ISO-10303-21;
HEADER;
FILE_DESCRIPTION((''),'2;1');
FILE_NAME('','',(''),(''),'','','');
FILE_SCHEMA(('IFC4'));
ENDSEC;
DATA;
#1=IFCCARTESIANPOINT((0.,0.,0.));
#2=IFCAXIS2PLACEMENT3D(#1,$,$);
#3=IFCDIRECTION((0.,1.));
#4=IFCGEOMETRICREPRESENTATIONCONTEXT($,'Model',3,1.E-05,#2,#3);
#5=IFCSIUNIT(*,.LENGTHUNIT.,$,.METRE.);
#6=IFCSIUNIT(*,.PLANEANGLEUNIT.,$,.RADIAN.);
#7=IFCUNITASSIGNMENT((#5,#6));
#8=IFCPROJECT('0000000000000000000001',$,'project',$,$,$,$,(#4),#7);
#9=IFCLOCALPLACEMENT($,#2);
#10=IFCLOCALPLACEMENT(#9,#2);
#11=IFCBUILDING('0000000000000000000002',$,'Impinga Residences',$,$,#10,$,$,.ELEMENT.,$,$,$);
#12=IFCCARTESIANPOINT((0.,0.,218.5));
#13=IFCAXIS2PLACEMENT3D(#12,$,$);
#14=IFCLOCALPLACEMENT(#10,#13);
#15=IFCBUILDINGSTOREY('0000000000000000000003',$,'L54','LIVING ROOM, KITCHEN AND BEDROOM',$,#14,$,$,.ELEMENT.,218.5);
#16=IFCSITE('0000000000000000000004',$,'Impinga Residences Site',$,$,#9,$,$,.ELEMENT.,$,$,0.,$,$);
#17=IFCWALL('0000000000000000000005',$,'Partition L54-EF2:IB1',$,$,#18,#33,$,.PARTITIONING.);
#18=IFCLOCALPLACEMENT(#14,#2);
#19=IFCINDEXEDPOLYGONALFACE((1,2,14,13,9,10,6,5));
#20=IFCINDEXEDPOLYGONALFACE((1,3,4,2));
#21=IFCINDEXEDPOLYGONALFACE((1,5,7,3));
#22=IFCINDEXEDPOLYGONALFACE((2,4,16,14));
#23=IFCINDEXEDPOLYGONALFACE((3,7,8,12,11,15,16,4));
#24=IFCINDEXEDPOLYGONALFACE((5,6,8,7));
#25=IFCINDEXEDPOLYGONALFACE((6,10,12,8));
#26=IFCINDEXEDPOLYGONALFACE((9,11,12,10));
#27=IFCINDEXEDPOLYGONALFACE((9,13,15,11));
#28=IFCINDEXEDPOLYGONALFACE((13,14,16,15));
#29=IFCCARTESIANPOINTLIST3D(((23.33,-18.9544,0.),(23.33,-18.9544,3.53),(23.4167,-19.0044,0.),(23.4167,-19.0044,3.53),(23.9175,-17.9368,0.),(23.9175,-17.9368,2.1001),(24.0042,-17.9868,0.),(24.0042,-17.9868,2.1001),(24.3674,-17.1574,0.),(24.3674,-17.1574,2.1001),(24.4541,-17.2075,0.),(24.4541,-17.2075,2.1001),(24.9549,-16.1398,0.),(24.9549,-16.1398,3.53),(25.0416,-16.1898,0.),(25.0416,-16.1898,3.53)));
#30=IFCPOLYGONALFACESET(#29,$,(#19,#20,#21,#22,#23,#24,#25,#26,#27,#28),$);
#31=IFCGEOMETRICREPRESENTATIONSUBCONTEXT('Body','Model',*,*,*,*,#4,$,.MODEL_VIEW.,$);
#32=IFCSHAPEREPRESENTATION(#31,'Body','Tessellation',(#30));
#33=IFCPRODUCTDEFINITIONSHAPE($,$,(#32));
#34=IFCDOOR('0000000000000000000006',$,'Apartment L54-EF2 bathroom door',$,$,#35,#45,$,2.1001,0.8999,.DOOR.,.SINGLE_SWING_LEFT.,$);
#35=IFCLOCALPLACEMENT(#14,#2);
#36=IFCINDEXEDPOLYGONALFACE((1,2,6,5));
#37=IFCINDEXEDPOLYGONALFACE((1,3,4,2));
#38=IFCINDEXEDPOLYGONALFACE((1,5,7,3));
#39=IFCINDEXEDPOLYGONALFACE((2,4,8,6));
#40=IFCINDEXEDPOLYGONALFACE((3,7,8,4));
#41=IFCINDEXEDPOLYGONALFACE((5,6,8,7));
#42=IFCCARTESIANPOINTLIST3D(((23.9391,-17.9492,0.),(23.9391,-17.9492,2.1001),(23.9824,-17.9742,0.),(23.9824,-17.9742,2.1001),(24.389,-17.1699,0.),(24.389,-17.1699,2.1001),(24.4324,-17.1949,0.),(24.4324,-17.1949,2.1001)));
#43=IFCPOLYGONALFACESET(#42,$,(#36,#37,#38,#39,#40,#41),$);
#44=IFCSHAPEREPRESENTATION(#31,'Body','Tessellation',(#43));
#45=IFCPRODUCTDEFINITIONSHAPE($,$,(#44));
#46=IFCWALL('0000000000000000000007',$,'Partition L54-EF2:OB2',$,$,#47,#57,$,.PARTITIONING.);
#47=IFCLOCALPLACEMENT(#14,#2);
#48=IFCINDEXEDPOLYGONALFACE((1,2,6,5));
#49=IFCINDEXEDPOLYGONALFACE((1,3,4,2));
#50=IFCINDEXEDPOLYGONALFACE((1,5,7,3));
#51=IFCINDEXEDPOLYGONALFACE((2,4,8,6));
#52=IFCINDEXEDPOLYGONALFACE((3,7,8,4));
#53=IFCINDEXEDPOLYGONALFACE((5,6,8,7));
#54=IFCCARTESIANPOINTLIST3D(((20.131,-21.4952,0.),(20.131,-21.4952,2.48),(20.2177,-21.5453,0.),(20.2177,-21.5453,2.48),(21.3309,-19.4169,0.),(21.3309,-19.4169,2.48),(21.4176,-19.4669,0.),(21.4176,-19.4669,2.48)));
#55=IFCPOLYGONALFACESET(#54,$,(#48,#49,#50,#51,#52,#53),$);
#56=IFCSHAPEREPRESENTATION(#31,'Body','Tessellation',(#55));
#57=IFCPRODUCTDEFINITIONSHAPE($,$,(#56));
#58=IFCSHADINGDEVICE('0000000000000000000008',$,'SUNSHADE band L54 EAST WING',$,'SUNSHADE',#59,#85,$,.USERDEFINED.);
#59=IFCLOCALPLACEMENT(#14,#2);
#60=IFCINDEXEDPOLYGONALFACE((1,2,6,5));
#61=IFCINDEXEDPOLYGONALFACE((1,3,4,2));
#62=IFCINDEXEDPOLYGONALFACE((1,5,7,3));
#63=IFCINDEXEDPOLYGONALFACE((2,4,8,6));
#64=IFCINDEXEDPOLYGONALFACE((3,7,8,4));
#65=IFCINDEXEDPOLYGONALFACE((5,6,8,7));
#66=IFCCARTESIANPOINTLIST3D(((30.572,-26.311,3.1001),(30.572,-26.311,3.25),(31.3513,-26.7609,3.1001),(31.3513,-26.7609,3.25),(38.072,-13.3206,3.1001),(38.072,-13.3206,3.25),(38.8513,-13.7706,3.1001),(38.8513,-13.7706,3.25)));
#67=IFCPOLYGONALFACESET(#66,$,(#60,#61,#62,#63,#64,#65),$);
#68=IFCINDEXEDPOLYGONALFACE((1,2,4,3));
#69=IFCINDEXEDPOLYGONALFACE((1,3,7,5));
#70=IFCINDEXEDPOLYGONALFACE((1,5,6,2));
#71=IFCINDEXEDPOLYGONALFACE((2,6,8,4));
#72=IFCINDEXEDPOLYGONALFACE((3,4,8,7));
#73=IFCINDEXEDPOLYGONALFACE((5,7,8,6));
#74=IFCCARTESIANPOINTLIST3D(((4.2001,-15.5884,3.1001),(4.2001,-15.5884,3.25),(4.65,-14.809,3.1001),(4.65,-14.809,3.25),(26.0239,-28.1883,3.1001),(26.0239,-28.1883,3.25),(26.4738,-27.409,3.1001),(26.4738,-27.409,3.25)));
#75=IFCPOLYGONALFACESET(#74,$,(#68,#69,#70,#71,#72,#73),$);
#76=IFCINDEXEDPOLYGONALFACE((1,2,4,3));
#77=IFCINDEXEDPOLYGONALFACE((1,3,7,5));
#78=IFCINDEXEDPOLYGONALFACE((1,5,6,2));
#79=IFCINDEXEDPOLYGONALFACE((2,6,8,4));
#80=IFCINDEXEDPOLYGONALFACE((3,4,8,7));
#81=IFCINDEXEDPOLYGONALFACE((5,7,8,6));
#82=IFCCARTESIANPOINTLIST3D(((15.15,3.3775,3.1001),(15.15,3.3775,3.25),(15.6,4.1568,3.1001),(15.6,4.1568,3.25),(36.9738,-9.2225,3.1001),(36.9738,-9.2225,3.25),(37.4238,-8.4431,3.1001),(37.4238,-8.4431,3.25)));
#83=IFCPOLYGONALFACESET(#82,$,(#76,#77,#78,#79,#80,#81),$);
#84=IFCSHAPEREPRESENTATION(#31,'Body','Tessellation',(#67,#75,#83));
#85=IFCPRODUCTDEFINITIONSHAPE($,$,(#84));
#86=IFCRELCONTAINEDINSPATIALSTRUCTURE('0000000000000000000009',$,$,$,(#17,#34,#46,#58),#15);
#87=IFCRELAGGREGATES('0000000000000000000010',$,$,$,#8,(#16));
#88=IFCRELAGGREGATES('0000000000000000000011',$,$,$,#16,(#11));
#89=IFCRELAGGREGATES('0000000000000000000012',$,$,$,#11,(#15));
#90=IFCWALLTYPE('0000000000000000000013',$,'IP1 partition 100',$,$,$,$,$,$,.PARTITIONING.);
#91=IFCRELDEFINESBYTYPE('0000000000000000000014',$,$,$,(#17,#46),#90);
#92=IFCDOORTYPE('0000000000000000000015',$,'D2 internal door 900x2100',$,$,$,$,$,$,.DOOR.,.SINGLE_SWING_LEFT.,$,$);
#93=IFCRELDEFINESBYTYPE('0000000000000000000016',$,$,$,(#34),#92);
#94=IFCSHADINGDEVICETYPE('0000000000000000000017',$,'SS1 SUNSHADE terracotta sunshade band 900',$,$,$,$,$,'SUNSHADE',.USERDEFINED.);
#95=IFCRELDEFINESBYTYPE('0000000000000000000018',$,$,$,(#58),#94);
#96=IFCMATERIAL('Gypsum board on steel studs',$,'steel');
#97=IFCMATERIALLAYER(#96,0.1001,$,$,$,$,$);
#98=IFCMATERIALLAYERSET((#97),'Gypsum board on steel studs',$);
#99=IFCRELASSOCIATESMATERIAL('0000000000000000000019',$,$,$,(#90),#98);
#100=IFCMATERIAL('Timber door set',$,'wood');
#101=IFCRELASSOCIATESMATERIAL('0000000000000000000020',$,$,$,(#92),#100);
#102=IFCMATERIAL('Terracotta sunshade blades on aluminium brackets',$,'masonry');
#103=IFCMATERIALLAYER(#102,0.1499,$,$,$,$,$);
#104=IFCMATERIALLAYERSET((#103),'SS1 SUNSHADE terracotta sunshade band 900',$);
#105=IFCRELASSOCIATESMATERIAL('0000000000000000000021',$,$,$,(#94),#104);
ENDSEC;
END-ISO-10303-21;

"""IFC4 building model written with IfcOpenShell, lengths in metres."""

from ifc_helpers import new_model, si_unit, direction, frame, frame_2d, origin, origin_2d, place, context, subcontext, project, spatial, rectangle, extrude, material, layer, layer_set, type_object, element, fill, save


model = new_model("IFC4")

# Units and contexts
model_context = context("Model", 3, precision=1e-05, world=origin(), true_north=direction((0.0, 1.0)))
body_context = subcontext(model_context, "Body", "Model", "MODEL_VIEW")
ifc_project = project(units=[si_unit("LENGTHUNIT", "METRE"), si_unit("PLANEANGLEUNIT", "RADIAN")], contexts=[model_context])

# Site, building, storey
site_placement = place(None, origin())
site = spatial("IfcSite", under=ifc_project, at=site_placement, Name="Impinga Residences Site", CompositionType="ELEMENT", RefElevation=0.0)
building_placement = place(site_placement, origin())
building = spatial("IfcBuilding", under=site, at=building_placement, Name="Impinga Residences", CompositionType="ELEMENT")
storey_placement = place(building_placement, frame((0.0, 0.0, 218.5)))
storey = spatial("IfcBuildingStorey", under=building, at=storey_placement, Name="L54", Description="LIVING ROOM, KITCHEN AND BEDROOM", CompositionType="ELEMENT", Elevation=218.5)

# Shared definitions
ifc_material_1 = material(Name="Timber door set", Category="wood")

# Shared definitions
ifc_material_2 = material(Name="Gypsum board on steel studs", Category="steel")
ifc_layer_1 = layer(ifc_material_2, 0.1001)
ifc_layer_set_1 = layer_set([ifc_layer_1], Name="Gypsum board on steel studs")
wall_type_1 = type_object("IfcWallType", Name="IP1 partition 100", PredefinedType="PARTITIONING", material=ifc_layer_set_1)

# Wall, opening, door
wall_1_placement = place(storey_placement, frame((24.9983, -16.1648, 0.0), z_axis=(0.0, 0.0, 1.0), x_axis=(-0.499985, -0.866034, 0.0)))
wall_1 = element("IfcWall", 1, at=wall_1_placement, inside=storey, type_object=wall_type_1, Name="Partition L54-EF2:IB1", PredefinedType="PARTITIONING", context=body_context, shape_type="SweptSolid", body=[
    extrude(rectangle(XDim=3.25, YDim=0.1001, at=frame_2d((1.625, 0.0))), origin(), (0.0, 0.0, 1.0), 3.53),
])
opening_1_placement = place(wall_1_placement, frame((1.175, 0.0, 0.0)))
opening_1 = element("IfcOpeningElement", 2, at=opening_1_placement, cuts=wall_1, PredefinedType="OPENING", context=body_context, shape_type="SweptSolid", body=[
    extrude(rectangle(XDim=0.8999, YDim=2.1001, at=frame_2d((0.45, 1.05))), frame((0.0, 0.0601, 0.0), z_axis=(0.0, -1.0, 0.0), x_axis=(1.0, 0.0, 0.0)), (0.0, 0.0, 1.0), 0.1201),
])
door_type_1 = type_object("IfcDoorType", Name="D2 internal door 900x2100", OperationType="SINGLE_SWING_LEFT", PredefinedType="DOOR", material=ifc_material_1)
door_1_placement = place(opening_1_placement, origin())
door_1 = element("IfcDoor", 3, at=door_1_placement, inside=storey, type_object=door_type_1, Name="Apartment L54-EF2 bathroom door", OperationType="SINGLE_SWING_LEFT", OverallHeight=2.1001, OverallWidth=0.8999, PredefinedType="DOOR", context=body_context, shape_type="SweptSolid", body=[
    extrude(rectangle(XDim=0.8999, YDim=2.1001, at=frame_2d((0.45, 1.05))), frame((0.0, 0.0249, 0.0), z_axis=(0.0, -1.0, 0.0), x_axis=(1.0, 0.0, 0.0)), (0.0, 0.0, 1.0), 0.05),
])
fill(opening_1, door_1)

# Wall
wall_2_placement = place(storey_placement, frame((21.3743, -19.4419, 0.0), z_axis=(0.0, 0.0, 1.0), x_axis=(-0.500001, -0.866025, 0.0)))
element("IfcWall", 4, at=wall_2_placement, inside=storey, type_object=wall_type_1, Name="Partition L54-EF2:OB2", PredefinedType="PARTITIONING", context=body_context, shape_type="SweptSolid", body=[
    extrude(rectangle(XDim=2.3999, YDim=0.1001, at=frame_2d((1.2, 0.0))), origin(), (0.0, 0.0, 1.0), 2.48),
])

# Shading device
ifc_material_3 = material(Name="Terracotta sunshade blades on aluminium brackets", Category="masonry")
ifc_layer_2 = layer(ifc_material_3, 0.1499)
ifc_layer_set_2 = layer_set([ifc_layer_2], Name="SS1 SUNSHADE terracotta sunshade band 900")
shading_device_type = type_object("IfcShadingDeviceType", Name="SS1 SUNSHADE terracotta sunshade band 900", ElementType="SUNSHADE", PredefinedType="USERDEFINED", material=ifc_layer_set_2)
shading_device_placement = place(storey_placement, frame((34.7117, -20.0408, 3.1001), z_axis=(0.0, 0.0, 1.0), x_axis=(-0.5, -0.866025, 0.0)))
element("IfcShadingDevice", 5, at=shading_device_placement, inside=storey, type_object=shading_device_type, Name="SUNSHADE band L54 EAST WING", ObjectType="SUNSHADE", PredefinedType="USERDEFINED", context=body_context, shape_type="SweptSolid", body=[
    extrude(rectangle(XDim=15.0, YDim=0.8999, at=origin_2d()), origin(), (0.0, 0.0, 1.0), 0.1499),
    extrude(rectangle(XDim=25.2, YDim=0.8999, at=origin_2d()), frame((10.95, -16.05, 0.0), z_axis=(0.0, 0.0, 1.0), x_axis=(0.0, -1.0, 0.0)), (0.0, 0.0, 1.0), 0.1499),
    extrude(rectangle(XDim=25.2, YDim=0.8999, at=origin_2d()), frame((-10.95, -16.05, 0.0), z_axis=(0.0, 0.0, 1.0), x_axis=(0.0, 1.0, 0.0)), (0.0, 0.0, 1.0), 0.1499),
])

save(model, "model.ifc")
